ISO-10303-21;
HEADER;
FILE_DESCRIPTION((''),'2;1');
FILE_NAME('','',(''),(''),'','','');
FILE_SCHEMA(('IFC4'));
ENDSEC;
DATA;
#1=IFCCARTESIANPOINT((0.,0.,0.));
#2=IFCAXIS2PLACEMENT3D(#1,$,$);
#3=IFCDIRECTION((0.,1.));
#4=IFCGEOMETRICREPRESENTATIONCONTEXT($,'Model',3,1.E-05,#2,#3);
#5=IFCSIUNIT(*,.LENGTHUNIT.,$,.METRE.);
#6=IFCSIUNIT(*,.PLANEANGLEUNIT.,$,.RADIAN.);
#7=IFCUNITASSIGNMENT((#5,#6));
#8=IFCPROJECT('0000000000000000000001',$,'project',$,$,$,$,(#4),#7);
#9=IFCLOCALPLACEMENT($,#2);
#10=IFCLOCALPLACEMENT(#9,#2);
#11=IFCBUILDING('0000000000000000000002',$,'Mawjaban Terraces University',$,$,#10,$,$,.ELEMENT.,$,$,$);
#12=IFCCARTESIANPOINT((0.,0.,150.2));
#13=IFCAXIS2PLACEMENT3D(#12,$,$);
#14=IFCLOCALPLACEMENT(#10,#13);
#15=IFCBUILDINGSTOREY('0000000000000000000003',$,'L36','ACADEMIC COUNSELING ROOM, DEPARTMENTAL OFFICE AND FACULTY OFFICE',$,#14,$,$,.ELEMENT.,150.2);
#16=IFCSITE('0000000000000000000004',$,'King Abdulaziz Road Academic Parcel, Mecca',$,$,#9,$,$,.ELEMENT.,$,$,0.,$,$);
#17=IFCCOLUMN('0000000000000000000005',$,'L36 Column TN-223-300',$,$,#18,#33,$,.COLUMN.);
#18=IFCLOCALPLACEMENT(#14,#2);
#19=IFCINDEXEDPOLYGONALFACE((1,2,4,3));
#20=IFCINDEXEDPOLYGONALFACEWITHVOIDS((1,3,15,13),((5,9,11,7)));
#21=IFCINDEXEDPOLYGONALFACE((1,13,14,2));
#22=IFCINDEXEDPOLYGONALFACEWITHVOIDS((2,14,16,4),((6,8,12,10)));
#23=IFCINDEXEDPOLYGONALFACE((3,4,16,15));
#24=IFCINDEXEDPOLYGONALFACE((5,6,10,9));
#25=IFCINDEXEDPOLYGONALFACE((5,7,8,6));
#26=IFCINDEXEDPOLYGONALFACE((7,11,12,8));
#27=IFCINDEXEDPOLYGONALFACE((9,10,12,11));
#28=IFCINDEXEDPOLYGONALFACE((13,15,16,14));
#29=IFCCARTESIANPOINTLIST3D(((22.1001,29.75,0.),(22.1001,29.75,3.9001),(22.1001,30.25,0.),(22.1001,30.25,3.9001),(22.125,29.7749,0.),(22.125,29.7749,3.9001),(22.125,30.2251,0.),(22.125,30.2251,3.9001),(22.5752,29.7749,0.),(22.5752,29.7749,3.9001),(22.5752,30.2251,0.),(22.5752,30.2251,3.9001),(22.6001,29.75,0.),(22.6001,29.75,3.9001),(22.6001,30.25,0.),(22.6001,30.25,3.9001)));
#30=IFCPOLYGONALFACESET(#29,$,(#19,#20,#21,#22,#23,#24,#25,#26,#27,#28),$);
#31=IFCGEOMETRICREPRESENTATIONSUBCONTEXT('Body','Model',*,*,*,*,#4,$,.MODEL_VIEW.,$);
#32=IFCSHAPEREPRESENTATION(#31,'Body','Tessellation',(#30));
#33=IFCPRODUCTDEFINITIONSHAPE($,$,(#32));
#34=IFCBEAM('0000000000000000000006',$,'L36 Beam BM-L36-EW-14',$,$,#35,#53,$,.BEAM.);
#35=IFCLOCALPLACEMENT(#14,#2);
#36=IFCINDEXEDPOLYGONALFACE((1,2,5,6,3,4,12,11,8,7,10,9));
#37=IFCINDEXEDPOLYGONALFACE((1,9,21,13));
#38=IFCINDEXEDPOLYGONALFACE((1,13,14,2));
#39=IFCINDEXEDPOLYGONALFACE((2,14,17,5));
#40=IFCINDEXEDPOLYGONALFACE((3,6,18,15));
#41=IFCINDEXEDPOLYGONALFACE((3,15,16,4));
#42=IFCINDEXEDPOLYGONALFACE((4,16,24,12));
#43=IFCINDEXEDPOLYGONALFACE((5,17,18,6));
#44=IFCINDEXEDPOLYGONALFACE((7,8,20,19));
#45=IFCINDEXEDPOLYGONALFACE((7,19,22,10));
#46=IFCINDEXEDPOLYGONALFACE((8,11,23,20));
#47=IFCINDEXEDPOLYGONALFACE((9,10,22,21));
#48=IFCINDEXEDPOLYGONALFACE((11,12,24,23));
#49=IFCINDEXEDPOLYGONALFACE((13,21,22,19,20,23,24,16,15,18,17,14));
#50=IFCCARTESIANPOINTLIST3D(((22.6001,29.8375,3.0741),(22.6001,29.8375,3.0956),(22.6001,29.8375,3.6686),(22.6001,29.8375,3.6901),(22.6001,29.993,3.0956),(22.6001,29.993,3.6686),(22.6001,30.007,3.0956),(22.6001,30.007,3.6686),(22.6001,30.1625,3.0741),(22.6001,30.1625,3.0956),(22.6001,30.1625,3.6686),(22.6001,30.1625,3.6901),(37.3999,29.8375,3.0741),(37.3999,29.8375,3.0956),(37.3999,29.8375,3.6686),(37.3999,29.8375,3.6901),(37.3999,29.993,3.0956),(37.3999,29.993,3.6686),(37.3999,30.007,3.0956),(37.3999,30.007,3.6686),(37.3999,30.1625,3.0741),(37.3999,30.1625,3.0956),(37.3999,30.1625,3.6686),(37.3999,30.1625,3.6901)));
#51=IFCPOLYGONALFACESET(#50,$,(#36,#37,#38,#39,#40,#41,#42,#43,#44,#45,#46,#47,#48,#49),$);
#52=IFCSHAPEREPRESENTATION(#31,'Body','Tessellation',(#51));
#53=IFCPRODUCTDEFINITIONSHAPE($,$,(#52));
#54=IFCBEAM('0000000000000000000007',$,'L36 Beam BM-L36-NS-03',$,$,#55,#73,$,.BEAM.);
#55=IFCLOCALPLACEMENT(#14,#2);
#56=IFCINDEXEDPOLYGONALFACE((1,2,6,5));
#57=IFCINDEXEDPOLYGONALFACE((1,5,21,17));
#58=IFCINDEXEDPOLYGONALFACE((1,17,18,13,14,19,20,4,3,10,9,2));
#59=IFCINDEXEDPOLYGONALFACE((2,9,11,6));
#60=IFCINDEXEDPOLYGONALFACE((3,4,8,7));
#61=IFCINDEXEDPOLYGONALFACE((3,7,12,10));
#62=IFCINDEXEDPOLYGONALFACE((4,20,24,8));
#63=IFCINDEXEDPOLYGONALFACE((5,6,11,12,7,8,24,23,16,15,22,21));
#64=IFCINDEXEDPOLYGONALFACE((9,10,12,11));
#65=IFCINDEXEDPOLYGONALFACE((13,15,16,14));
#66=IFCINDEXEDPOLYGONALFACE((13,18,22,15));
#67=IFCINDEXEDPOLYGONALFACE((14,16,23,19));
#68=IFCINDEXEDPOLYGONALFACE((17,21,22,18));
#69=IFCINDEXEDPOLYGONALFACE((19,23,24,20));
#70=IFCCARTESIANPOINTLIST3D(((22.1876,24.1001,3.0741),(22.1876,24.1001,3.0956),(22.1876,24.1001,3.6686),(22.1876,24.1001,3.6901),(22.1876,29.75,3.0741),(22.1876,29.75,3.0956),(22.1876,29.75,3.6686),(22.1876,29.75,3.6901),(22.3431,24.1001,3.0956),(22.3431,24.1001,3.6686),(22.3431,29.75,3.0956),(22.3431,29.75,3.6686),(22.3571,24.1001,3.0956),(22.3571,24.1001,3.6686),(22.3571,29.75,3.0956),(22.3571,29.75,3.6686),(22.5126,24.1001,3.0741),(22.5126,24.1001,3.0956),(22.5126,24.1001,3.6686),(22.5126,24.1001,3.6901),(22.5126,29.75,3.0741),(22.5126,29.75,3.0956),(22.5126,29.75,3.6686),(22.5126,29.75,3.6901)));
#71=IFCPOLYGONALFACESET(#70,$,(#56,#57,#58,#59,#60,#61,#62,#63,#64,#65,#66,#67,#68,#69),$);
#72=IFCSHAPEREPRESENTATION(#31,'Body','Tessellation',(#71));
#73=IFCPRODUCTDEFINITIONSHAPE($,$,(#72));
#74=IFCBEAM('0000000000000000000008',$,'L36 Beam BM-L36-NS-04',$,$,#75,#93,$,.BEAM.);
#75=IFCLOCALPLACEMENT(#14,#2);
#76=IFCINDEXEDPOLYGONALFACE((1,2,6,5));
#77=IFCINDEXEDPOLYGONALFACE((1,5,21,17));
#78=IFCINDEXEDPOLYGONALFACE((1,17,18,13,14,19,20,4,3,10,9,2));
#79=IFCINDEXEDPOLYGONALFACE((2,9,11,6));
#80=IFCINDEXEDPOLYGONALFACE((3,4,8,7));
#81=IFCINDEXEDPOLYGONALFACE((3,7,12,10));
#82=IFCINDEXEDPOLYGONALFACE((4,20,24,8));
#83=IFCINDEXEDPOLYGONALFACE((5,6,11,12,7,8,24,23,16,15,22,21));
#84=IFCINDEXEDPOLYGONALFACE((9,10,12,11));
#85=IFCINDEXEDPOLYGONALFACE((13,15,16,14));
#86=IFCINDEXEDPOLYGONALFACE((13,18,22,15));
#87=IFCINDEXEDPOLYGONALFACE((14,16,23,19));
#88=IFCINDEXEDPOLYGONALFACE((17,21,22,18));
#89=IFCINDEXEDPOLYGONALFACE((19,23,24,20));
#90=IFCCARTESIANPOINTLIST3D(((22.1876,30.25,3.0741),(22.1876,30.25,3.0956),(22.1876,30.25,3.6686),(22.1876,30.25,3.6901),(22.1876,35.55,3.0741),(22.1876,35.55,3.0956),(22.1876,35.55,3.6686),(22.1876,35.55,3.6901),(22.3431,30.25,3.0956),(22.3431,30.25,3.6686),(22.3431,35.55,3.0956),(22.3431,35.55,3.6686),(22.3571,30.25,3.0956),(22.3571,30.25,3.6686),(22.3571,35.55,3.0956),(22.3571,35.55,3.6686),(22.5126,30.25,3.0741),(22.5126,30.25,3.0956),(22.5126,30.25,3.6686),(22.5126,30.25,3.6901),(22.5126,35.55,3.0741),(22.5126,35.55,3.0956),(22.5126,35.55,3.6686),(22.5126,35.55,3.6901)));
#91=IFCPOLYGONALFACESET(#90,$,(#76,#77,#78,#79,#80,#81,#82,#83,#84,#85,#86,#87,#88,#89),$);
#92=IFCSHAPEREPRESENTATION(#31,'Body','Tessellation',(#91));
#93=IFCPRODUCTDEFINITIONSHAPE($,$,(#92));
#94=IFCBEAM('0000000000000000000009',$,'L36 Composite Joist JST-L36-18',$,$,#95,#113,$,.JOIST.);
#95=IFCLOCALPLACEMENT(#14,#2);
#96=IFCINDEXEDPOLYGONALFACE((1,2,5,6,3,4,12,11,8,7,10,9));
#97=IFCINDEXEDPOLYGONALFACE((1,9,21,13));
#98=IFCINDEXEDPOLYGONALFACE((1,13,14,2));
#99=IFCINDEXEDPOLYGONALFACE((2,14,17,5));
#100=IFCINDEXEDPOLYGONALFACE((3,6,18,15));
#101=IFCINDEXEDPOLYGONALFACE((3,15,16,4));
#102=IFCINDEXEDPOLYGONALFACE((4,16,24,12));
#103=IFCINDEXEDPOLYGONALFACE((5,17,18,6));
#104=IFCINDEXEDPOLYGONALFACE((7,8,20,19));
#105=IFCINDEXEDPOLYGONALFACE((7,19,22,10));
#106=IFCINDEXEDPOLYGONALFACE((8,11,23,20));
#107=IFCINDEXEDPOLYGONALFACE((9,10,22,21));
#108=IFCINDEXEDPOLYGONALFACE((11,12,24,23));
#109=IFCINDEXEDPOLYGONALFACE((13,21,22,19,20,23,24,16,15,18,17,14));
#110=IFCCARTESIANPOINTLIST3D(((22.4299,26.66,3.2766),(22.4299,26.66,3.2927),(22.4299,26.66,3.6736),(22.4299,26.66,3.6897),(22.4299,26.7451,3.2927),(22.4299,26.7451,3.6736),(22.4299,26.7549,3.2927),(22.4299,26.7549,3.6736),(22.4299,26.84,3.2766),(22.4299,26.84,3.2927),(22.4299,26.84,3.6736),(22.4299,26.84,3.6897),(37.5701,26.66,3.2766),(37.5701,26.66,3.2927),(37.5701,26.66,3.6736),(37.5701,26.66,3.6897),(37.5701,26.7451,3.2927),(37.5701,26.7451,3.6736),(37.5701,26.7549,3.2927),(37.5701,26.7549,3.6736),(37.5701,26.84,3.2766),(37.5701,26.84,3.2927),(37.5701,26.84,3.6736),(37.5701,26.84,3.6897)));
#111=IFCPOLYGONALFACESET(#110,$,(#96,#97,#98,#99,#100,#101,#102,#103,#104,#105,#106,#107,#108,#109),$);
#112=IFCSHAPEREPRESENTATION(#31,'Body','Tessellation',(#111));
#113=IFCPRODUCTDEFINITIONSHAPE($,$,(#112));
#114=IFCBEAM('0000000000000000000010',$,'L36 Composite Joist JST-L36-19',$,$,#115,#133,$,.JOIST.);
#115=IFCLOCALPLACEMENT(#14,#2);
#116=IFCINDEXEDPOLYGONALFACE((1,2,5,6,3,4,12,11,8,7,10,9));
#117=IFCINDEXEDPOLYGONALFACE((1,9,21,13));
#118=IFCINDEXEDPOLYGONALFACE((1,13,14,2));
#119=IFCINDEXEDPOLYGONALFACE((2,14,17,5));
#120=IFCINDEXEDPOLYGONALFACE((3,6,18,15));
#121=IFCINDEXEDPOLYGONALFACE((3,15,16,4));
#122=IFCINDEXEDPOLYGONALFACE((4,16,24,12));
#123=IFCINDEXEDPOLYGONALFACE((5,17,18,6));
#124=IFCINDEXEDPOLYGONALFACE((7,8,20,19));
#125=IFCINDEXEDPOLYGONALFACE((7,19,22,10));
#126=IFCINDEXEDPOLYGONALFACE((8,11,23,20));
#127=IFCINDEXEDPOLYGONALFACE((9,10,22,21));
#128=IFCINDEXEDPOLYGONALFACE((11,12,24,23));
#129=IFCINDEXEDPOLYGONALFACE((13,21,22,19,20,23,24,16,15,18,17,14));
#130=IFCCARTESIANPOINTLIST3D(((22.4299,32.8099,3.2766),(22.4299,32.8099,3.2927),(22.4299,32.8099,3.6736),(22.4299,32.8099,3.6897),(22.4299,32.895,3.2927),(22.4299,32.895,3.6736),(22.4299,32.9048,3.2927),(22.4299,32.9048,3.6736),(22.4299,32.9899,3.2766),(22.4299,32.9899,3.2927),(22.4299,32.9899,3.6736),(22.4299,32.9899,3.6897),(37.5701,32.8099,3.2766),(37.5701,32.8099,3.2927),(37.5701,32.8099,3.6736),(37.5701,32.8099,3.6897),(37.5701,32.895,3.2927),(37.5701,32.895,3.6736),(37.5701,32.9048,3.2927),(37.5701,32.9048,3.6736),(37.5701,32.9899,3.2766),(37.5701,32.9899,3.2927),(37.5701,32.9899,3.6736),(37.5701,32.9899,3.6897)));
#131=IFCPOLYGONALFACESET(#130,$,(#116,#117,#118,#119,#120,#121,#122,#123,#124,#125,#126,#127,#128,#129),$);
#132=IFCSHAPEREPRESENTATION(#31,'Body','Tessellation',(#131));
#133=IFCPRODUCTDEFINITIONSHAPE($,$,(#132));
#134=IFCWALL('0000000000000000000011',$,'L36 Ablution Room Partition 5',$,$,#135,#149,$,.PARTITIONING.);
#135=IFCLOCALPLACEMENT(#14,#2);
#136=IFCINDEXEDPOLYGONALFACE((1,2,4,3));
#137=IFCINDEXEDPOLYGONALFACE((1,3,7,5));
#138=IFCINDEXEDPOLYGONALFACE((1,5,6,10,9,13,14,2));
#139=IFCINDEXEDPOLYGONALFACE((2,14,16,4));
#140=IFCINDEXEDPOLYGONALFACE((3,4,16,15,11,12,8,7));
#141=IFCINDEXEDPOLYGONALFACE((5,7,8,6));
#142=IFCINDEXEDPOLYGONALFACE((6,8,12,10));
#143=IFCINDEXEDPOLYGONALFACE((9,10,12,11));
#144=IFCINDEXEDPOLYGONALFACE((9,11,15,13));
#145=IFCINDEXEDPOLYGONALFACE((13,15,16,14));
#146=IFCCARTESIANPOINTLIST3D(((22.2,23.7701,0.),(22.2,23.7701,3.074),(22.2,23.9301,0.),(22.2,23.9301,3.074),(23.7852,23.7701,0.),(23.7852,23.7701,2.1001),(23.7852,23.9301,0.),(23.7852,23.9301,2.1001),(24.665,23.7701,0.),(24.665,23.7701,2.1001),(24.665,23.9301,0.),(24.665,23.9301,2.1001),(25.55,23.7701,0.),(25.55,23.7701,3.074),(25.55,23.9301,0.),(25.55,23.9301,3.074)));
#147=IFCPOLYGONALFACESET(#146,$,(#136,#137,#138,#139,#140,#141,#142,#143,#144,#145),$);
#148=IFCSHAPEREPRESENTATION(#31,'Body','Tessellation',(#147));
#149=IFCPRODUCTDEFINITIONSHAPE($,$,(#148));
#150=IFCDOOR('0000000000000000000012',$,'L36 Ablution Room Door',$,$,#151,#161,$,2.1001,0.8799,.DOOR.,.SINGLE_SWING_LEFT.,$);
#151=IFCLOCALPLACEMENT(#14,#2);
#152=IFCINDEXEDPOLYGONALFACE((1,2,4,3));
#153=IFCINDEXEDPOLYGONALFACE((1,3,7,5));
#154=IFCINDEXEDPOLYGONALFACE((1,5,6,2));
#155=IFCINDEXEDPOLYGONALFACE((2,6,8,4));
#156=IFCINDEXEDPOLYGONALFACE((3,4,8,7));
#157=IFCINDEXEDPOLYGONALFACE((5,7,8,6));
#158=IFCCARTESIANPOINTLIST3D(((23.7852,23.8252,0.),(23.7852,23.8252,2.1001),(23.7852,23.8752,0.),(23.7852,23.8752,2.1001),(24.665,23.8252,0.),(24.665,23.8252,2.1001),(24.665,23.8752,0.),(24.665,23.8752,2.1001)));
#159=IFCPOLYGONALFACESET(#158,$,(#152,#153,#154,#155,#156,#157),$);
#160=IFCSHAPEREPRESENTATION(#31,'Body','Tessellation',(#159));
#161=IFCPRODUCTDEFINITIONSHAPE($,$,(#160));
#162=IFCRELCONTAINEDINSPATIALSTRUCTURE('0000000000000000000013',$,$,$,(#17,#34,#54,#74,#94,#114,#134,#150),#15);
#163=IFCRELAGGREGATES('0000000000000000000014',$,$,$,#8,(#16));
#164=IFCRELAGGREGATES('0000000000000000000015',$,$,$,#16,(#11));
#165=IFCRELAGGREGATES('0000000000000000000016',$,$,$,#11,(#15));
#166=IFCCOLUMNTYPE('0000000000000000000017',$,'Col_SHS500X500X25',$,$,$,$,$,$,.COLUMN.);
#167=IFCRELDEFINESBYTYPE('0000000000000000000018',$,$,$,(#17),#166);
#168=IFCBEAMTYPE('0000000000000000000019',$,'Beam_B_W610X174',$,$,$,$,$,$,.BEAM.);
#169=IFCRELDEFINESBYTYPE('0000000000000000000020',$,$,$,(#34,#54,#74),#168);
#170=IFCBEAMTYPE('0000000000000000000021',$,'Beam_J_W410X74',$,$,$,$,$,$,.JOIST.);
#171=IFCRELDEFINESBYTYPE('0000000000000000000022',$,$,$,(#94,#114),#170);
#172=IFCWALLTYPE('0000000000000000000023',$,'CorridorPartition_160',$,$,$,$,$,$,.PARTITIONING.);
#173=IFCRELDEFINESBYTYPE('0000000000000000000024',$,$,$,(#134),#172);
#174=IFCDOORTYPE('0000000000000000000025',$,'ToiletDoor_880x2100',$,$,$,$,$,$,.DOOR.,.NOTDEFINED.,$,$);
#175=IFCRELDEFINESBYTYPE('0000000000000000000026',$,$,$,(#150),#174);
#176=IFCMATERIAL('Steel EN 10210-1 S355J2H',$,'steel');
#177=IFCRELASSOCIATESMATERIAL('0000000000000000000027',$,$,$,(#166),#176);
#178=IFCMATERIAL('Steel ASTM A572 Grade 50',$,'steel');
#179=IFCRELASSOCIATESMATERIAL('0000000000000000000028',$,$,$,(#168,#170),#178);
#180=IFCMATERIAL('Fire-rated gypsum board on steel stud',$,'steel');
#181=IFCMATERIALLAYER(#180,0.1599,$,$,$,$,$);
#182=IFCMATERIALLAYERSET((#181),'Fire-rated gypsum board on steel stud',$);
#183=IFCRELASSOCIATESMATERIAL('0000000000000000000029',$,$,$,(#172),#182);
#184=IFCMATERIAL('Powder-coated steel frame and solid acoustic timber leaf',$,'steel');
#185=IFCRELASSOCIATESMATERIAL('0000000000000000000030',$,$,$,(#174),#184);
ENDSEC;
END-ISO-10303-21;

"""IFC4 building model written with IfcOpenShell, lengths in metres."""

from ifc_helpers import new_model, si_unit, direction, frame, frame_2d, origin, origin_2d, place, context, subcontext, project, spatial, rectangle, hollow_rectangle, i_section, extrude, material, layer, layer_set, material_profile, profile_set, type_object, element, fill, save


model = new_model("IFC4")

# Units and contexts
model_context = context("Model", 3, precision=1e-05, world=origin(), true_north=direction((0.0, 1.0)))
body_context = subcontext(model_context, "Body", "Model", "MODEL_VIEW")
ifc_project = project(units=[si_unit("LENGTHUNIT", "METRE"), si_unit("PLANEANGLEUNIT", "RADIAN")], contexts=[model_context])

# Site, building, storey
site_placement = place(None, origin())
site = spatial("IfcSite", under=ifc_project, at=site_placement, Name="King Abdulaziz Road Academic Parcel, Mecca", CompositionType="ELEMENT", RefElevation=0.0)
building_placement = place(site_placement, origin())
building = spatial("IfcBuilding", under=site, at=building_placement, Name="Mawjaban Terraces University", CompositionType="ELEMENT")
storey_placement = place(building_placement, frame((0.0, 0.0, 150.2)))
storey = spatial("IfcBuildingStorey", under=building, at=storey_placement, Name="L36", Description="ACADEMIC COUNSELING ROOM, DEPARTMENTAL OFFICE AND FACULTY OFFICE", CompositionType="ELEMENT", Elevation=150.2)

# Column
ifc_material_1 = material(Name="Steel EN 10210-1 S355J2H", Category="steel")
ifc_material_profile_1 = material_profile(ifc_material_1, hollow_rectangle(XDim=0.5, YDim=0.5, WallThickness=0.0249, at=origin_2d()), Name="SHS500X500X25")
ifc_profile_set_1 = profile_set([ifc_material_profile_1], Name="Steel EN 10210-1 S355J2H")
column_type = type_object("IfcColumnType", Name="Col_SHS500X500X25", PredefinedType="COLUMN", material=ifc_profile_set_1)
column_placement = place(storey_placement, frame((22.3501, 30.0, 0.0), z_axis=(0.0, 0.0, 1.0), x_axis=(1.0, 0.0, 0.0)))
element("IfcColumn", 1, at=column_placement, inside=storey, type_object=column_type, Name="L36 Column TN-223-300", PredefinedType="COLUMN", context=body_context, shape_type="SweptSolid", body=[
    extrude(hollow_rectangle(XDim=0.5, YDim=0.5, WallThickness=0.0249, at=origin_2d()), origin(), (0.0, 0.0, 1.0), 3.9001),
])

# Beams
ifc_material_2 = material(Name="Steel ASTM A572 Grade 50", Category="steel")
ifc_material_profile_2 = material_profile(ifc_material_2, i_section(OverallWidth=0.325, OverallDepth=0.616, WebThickness=0.0139, FlangeThickness=0.0215, at=origin_2d()), Name="W610X174")
ifc_profile_set_2 = profile_set([ifc_material_profile_2], Name="Steel ASTM A572 Grade 50")
beam_type_1 = type_object("IfcBeamType", Name="Beam_B_W610X174", PredefinedType="BEAM", material=ifc_profile_set_2)
beam_1_placement = place(storey_placement, frame((22.6001, 30.0, 3.3821), z_axis=(1.0, 0.0, 0.0), x_axis=(0.0, 1.0, 0.0)))
element("IfcBeam", 2, at=beam_1_placement, inside=storey, type_object=beam_type_1, Name="L36 Beam BM-L36-EW-14", PredefinedType="BEAM", context=body_context, shape_type="SweptSolid", body=[
    extrude(i_section(OverallWidth=0.325, OverallDepth=0.616, WebThickness=0.0139, FlangeThickness=0.0215, at=origin_2d()), origin(), (0.0, 0.0, 1.0), 14.7998),
])
beam_2_placement = place(storey_placement, frame((22.3501, 24.1001, 3.3821), z_axis=(0.0, 1.0, 0.0), x_axis=(-1.0, 0.0, 0.0)))
element("IfcBeam", 3, at=beam_2_placement, inside=storey, type_object=beam_type_1, Name="L36 Beam BM-L36-NS-03", PredefinedType="BEAM", context=body_context, shape_type="SweptSolid", body=[
    extrude(i_section(OverallWidth=0.325, OverallDepth=0.616, WebThickness=0.0139, FlangeThickness=0.0215, at=origin_2d()), origin(), (0.0, 0.0, 1.0), 5.6499),
])
beam_3_placement = place(storey_placement, frame((22.3501, 30.25, 3.3821), z_axis=(0.0, 1.0, 0.0), x_axis=(-1.0, 0.0, 0.0)))
element("IfcBeam", 4, at=beam_3_placement, inside=storey, type_object=beam_type_1, Name="L36 Beam BM-L36-NS-04", PredefinedType="BEAM", context=body_context, shape_type="SweptSolid", body=[
    extrude(i_section(OverallWidth=0.325, OverallDepth=0.616, WebThickness=0.0139, FlangeThickness=0.0215, at=origin_2d()), origin(), (0.0, 0.0, 1.0), 5.3),
])
ifc_material_profile_3 = material_profile(ifc_material_2, i_section(OverallWidth=0.1799, OverallDepth=0.4131, WebThickness=0.0098, FlangeThickness=0.0161, at=origin_2d()), Name="W410X74")
ifc_profile_set_3 = profile_set([ifc_material_profile_3], Name="Steel ASTM A572 Grade 50")
beam_type_2 = type_object("IfcBeamType", Name="Beam_J_W410X74", PredefinedType="JOIST", material=ifc_profile_set_3)
for number, where, z_axis, x_axis, name in (
    (5, (22.4299, 26.75, 3.4832), (1.0, 0.0, 0.0), (0.0, 1.0, 0.0), "L36 Composite Joist JST-L36-18"),
    (6, (22.4299, 32.8999, 3.4832), (1.0, 0.0, 0.0), (0.0, 1.0, 0.0), "L36 Composite Joist JST-L36-19"),
):
    element("IfcBeam", number, at=place(storey_placement, frame(where, z_axis=z_axis, x_axis=x_axis)), inside=storey, type_object=beam_type_2, Name=name, PredefinedType="JOIST", context=body_context, shape_type="SweptSolid", body=[
        extrude(i_section(OverallWidth=0.1799, OverallDepth=0.4131, WebThickness=0.0098, FlangeThickness=0.0161, at=origin_2d()), origin(), (0.0, 0.0, 1.0), 15.1401),
    ])

# Wall, opening, door
ifc_material_3 = material(Name="Fire-rated gypsum board on steel stud", Category="steel")
ifc_layer_1 = layer(ifc_material_3, 0.1599)
ifc_layer_set_1 = layer_set([ifc_layer_1], Name="Fire-rated gypsum board on steel stud")
wall_type_1 = type_object("IfcWallType", Name="CorridorPartition_160", PredefinedType="PARTITIONING", material=ifc_layer_set_1)
wall_1_placement = place(storey_placement, frame((25.55, 23.8501, 0.0), z_axis=(0.0, 0.0, 1.0), x_axis=(-1.0, 0.0, 0.0)))
wall_1 = element("IfcWall", 7, at=wall_1_placement, inside=storey, type_object=wall_type_1, Name="L36 Ablution Room Partition 5", PredefinedType="PARTITIONING", context=body_context, shape_type="SweptSolid", body=[
    extrude(rectangle(XDim=3.3501, YDim=0.1599, at=frame_2d((1.675, 0.0))), origin(), (0.0, 0.0, 1.0), 3.074),
])
opening_1_placement = place(wall_1_placement, frame((0.885, 0.0, 0.0)))
opening_1 = element("IfcOpeningElement", 8, at=opening_1_placement, cuts=wall_1, PredefinedType="OPENING", context=body_context, shape_type="SweptSolid", body=[
    extrude(rectangle(XDim=0.8799, YDim=2.1001, at=frame_2d((0.4399, 1.05))), frame((0.0, 0.0898, 0.0), z_axis=(0.0, -1.0, 0.0), x_axis=(1.0, 0.0, 0.0)), (0.0, 0.0, 1.0), 0.1799),
])
ifc_material_4 = material(Name="Powder-coated steel frame and solid acoustic timber leaf", Category="steel")
door_type_1 = type_object("IfcDoorType", Name="ToiletDoor_880x2100", OperationType="NOTDEFINED", PredefinedType="DOOR", material=ifc_material_4)
door_1_placement = place(opening_1_placement, origin())
door_1 = element("IfcDoor", 9, at=door_1_placement, inside=storey, type_object=door_type_1, Name="L36 Ablution Room Door", OperationType="SINGLE_SWING_LEFT", OverallHeight=2.1001, OverallWidth=0.8799, PredefinedType="DOOR", context=body_context, shape_type="SweptSolid", body=[
    extrude(rectangle(XDim=0.8799, YDim=2.1001, at=frame_2d((0.4399, 1.05))), frame((0.0, 0.0249, 0.0), z_axis=(0.0, -1.0, 0.0), x_axis=(1.0, 0.0, 0.0)), (0.0, 0.0, 1.0), 0.05),
])
fill(opening_1, door_1)

save(model, "model.ifc")
